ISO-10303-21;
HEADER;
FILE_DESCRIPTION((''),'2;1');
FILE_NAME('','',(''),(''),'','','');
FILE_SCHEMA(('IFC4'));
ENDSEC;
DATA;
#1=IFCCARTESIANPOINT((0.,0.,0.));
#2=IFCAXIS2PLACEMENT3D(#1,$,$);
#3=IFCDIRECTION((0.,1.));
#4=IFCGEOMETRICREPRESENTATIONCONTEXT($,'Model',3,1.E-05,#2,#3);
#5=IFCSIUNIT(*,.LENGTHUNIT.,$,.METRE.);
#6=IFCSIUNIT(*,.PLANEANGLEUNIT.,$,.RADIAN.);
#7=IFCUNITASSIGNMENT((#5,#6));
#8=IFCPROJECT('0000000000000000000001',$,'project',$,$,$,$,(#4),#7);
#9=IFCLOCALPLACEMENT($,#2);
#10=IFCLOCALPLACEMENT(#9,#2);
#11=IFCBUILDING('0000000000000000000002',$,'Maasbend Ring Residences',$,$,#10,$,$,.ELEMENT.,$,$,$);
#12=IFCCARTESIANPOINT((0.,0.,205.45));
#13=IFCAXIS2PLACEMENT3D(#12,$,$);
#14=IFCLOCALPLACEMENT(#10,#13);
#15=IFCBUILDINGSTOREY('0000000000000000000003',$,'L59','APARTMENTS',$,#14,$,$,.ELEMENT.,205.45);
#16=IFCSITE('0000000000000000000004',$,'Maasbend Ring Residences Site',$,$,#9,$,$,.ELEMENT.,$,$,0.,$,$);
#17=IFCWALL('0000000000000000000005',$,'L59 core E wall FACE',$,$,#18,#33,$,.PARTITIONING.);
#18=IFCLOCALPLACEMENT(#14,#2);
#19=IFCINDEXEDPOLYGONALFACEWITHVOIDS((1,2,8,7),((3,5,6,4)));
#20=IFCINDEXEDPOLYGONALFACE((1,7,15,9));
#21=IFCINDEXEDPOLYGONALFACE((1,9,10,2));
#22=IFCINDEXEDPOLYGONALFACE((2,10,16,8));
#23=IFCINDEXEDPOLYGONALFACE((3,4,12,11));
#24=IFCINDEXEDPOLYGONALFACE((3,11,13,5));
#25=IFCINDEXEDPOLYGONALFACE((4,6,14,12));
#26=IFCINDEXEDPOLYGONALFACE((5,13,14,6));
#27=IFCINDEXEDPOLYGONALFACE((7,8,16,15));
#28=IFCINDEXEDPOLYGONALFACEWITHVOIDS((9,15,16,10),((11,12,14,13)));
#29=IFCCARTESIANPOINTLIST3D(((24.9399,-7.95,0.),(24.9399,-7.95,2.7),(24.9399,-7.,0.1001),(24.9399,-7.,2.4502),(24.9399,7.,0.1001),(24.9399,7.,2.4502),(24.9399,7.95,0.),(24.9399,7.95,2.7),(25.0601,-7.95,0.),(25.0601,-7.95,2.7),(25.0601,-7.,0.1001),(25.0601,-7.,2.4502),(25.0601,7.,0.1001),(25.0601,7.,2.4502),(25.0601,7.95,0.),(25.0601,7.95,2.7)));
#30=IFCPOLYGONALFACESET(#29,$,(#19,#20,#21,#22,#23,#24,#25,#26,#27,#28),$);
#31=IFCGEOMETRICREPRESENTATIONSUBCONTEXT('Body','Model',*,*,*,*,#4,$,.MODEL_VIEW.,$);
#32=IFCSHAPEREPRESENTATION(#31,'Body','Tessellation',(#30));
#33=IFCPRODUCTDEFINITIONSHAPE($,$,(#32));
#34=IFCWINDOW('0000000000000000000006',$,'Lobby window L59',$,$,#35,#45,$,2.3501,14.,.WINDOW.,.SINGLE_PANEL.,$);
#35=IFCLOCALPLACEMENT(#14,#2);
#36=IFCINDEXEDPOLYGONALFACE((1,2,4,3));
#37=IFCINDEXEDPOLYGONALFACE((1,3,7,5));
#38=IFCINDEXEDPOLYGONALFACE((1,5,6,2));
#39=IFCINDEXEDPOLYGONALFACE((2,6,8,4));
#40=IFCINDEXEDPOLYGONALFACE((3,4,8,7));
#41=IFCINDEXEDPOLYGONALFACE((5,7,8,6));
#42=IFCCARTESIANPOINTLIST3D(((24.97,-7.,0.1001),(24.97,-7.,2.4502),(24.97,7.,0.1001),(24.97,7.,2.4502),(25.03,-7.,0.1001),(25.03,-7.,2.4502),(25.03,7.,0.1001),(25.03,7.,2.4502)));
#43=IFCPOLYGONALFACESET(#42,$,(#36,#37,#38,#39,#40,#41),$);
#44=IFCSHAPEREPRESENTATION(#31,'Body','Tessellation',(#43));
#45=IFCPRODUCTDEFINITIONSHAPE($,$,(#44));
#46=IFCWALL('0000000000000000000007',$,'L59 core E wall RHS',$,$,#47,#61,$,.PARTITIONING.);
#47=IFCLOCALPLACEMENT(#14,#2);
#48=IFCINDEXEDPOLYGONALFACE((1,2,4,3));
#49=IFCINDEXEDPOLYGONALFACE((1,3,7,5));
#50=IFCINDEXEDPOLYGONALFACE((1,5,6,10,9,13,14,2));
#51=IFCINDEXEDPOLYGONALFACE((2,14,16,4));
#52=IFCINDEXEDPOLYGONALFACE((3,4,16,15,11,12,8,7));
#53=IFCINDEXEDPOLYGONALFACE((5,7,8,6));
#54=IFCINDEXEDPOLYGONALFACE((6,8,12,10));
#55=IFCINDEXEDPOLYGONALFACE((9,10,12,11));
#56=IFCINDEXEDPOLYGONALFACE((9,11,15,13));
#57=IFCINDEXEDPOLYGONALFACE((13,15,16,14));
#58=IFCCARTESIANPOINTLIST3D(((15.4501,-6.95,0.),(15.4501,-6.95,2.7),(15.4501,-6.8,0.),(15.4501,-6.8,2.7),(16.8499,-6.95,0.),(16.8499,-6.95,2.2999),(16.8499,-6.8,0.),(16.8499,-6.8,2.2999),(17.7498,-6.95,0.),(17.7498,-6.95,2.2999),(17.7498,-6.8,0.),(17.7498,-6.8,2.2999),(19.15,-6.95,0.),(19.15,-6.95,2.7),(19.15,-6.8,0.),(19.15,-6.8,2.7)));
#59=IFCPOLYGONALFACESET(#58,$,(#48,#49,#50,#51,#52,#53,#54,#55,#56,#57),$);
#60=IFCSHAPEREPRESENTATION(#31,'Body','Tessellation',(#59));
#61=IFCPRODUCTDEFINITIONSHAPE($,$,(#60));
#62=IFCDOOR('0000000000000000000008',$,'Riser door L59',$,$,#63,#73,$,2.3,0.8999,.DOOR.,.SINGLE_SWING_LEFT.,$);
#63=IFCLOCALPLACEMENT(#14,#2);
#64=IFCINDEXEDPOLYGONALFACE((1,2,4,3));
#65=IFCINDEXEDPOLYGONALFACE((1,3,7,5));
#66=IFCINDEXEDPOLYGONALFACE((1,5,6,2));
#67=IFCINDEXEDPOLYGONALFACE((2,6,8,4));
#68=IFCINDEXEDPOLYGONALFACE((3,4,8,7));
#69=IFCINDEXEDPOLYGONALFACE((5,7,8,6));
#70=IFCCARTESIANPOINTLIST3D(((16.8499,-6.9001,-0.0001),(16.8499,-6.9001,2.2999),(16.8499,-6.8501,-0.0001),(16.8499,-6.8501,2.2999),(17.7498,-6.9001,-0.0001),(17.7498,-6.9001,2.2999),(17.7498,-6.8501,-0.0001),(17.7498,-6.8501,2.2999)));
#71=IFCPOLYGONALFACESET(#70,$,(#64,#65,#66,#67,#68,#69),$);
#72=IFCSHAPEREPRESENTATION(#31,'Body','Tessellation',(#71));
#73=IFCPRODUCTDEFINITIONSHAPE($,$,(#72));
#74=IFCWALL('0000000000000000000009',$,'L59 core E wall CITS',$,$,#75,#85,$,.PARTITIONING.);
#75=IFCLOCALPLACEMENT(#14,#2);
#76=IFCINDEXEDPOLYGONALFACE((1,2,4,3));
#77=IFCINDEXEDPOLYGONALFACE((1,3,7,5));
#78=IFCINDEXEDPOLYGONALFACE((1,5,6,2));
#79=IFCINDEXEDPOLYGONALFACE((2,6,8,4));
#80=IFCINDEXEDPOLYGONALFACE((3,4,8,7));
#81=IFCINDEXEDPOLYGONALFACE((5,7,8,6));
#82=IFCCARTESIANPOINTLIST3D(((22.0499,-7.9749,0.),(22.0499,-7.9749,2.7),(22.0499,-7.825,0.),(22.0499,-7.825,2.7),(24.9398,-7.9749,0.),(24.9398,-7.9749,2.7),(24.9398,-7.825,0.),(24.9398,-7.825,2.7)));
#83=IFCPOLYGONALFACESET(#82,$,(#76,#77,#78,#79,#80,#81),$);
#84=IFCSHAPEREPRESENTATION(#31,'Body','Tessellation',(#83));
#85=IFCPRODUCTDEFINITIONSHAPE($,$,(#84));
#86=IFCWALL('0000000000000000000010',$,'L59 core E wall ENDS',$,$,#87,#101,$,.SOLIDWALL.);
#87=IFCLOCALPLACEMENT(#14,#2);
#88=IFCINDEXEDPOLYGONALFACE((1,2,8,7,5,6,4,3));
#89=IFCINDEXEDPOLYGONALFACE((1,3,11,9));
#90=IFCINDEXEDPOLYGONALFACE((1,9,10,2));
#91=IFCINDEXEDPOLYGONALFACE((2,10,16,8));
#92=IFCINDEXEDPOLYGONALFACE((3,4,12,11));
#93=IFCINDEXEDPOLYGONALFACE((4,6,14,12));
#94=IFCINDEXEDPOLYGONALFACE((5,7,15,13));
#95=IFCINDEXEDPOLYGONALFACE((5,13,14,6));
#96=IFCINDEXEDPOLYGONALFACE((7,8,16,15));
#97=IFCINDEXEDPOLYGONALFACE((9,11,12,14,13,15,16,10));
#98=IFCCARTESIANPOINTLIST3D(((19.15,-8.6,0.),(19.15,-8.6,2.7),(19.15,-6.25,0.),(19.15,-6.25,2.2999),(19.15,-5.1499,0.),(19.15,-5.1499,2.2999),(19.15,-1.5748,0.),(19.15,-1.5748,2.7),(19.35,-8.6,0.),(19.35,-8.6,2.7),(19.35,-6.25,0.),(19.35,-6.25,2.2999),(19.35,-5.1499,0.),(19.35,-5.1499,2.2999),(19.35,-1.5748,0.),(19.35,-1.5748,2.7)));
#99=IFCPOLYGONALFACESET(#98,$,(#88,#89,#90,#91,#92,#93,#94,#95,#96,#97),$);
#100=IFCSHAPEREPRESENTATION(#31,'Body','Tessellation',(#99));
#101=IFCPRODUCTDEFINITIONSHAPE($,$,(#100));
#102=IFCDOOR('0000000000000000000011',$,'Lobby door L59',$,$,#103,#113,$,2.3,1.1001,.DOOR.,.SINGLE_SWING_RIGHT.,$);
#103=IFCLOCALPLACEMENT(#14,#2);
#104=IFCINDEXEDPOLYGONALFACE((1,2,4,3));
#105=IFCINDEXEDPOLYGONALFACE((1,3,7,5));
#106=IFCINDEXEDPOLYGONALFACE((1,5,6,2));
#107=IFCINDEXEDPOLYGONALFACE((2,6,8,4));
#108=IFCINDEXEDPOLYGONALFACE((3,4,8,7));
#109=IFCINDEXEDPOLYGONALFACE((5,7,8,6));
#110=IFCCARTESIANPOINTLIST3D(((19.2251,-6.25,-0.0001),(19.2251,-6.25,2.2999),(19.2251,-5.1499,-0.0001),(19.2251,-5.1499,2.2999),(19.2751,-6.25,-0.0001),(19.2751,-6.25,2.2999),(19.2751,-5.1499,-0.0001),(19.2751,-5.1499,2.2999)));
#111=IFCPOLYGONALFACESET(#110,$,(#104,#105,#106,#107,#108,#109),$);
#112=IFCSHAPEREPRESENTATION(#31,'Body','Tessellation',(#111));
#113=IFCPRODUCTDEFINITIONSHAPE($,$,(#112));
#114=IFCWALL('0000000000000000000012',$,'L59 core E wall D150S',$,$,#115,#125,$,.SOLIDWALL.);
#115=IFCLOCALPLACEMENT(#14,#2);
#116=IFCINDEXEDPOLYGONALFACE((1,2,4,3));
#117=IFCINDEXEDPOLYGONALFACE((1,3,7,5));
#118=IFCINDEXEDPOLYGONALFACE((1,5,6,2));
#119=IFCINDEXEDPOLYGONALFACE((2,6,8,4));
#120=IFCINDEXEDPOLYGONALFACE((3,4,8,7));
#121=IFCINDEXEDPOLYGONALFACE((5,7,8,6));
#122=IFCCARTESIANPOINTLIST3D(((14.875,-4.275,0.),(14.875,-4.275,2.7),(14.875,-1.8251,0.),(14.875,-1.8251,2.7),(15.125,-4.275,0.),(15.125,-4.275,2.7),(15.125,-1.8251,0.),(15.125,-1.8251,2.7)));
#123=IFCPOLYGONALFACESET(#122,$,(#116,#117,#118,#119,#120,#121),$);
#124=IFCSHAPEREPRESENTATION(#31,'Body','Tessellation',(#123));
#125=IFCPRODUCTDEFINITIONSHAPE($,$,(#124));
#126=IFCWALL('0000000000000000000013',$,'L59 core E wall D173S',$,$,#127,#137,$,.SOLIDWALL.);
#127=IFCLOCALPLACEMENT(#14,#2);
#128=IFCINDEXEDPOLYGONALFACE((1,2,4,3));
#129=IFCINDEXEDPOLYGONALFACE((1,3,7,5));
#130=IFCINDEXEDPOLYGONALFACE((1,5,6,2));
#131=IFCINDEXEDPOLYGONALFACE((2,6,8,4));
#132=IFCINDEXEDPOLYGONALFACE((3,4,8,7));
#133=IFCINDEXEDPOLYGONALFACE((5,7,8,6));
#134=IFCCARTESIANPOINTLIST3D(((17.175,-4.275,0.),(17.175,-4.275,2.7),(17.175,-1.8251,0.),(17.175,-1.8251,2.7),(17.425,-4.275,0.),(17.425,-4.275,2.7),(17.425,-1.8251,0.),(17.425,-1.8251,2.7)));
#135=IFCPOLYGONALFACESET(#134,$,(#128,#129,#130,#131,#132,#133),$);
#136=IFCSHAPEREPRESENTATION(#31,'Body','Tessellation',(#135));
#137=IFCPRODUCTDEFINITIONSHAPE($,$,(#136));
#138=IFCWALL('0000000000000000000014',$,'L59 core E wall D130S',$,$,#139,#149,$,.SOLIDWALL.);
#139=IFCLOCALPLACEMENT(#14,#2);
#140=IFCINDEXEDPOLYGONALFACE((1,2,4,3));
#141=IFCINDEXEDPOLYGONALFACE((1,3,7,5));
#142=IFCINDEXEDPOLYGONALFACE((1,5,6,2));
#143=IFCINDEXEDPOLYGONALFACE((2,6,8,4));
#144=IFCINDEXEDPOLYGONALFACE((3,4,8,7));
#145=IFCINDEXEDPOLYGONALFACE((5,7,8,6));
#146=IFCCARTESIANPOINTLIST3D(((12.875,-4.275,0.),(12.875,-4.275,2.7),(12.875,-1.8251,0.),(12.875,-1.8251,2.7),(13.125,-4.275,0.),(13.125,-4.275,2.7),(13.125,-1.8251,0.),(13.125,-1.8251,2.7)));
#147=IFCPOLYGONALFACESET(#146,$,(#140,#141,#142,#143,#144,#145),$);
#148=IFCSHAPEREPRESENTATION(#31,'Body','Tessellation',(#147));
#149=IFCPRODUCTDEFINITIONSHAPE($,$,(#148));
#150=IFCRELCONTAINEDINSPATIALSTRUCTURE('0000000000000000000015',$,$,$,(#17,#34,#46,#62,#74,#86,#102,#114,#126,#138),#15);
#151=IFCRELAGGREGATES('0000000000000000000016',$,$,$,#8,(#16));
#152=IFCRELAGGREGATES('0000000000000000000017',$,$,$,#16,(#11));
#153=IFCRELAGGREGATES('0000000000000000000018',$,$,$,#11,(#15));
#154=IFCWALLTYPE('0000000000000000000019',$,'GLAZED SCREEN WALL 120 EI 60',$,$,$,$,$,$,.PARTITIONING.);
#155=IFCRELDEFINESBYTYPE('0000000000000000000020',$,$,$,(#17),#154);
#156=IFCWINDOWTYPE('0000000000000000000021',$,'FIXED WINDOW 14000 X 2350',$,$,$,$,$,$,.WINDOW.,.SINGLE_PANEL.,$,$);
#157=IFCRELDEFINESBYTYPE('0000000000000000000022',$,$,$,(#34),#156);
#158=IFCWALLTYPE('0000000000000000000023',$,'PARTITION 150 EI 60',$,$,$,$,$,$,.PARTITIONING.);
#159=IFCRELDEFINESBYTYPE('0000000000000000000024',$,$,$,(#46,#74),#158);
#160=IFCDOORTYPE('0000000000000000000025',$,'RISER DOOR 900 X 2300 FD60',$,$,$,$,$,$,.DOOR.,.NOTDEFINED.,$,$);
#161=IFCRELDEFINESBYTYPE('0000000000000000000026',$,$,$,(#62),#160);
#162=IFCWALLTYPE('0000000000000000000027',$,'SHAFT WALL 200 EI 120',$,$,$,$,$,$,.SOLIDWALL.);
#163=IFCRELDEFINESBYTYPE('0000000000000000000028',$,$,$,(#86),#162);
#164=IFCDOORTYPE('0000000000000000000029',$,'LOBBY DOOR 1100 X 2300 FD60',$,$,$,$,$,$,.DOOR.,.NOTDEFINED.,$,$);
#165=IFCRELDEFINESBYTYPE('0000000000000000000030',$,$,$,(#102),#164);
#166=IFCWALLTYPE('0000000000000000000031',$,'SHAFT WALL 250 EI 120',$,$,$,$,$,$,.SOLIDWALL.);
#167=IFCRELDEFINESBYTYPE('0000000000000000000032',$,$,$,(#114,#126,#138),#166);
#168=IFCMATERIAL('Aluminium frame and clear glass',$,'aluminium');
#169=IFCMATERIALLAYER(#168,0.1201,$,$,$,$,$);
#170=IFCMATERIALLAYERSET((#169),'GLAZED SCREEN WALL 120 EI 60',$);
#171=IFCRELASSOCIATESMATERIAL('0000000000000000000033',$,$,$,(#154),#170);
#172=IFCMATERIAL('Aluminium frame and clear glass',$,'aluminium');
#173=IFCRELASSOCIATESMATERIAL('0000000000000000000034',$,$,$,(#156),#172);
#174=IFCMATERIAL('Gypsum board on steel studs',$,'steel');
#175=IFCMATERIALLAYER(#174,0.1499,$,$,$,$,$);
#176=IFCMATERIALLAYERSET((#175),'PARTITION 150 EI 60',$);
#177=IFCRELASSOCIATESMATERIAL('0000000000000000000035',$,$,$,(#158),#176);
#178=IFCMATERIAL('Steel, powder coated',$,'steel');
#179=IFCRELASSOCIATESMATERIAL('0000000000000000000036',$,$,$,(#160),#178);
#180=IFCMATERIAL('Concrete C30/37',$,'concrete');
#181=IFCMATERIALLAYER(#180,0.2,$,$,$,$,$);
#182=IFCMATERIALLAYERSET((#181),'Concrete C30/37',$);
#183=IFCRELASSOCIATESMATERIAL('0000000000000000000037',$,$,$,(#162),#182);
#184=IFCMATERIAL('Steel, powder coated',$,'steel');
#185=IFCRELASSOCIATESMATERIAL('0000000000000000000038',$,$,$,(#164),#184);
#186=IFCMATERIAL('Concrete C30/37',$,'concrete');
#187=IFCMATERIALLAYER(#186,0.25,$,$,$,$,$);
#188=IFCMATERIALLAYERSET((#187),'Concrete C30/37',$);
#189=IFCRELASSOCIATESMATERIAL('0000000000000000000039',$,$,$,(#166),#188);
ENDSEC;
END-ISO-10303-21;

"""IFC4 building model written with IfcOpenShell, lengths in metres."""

from ifc_helpers import new_model, si_unit, direction, frame, frame_2d, origin, place, context, subcontext, project, spatial, rectangle, extrude, material, layer, layer_set, type_object, element, fill, save


model = new_model("IFC4")

# Units and contexts
model_context = context("Model", 3, precision=1e-05, world=origin(), true_north=direction((0.0, 1.0)))
body_context = subcontext(model_context, "Body", "Model", "MODEL_VIEW")
ifc_project = project(units=[si_unit("LENGTHUNIT", "METRE"), si_unit("PLANEANGLEUNIT", "RADIAN")], contexts=[model_context])

# Site, building, storey
site_placement = place(None, origin())
site = spatial("IfcSite", under=ifc_project, at=site_placement, Name="Maasbend Ring Residences Site", CompositionType="ELEMENT", RefElevation=0.0)
building_placement = place(site_placement, origin())
building = spatial("IfcBuilding", under=site, at=building_placement, Name="Maasbend Ring Residences", CompositionType="ELEMENT")
storey_placement = place(building_placement, frame((0.0, 0.0, 205.45)))
storey = spatial("IfcBuildingStorey", under=building, at=storey_placement, Name="L59", Description="APARTMENTS", CompositionType="ELEMENT", Elevation=205.45)

# Wall, opening, window
ifc_material_1 = material(Name="Aluminium frame and clear glass", Category="aluminium")
ifc_layer_1 = layer(ifc_material_1, 0.1201)
ifc_layer_set_1 = layer_set([ifc_layer_1], Name="GLAZED SCREEN WALL 120 EI 60")
wall_type_1 = type_object("IfcWallType", Name="GLAZED SCREEN WALL 120 EI 60", PredefinedType="PARTITIONING", material=ifc_layer_set_1)
wall_1_placement = place(storey_placement, frame((25.0, -7.95, 0.0), z_axis=(0.0, 0.0, 1.0), x_axis=(0.0, 1.0, 0.0)))
wall_1 = element("IfcWall", 1, at=wall_1_placement, inside=storey, type_object=wall_type_1, Name="L59 core E wall FACE", PredefinedType="PARTITIONING", context=body_context, shape_type="SweptSolid", body=[
    extrude(rectangle(XDim=15.8999, YDim=0.1201, at=frame_2d((7.95, 0.0))), origin(), (0.0, 0.0, 1.0), 2.7),
])
opening_1_placement = place(wall_1_placement, frame((0.95, 0.0, 0.1001)))
opening_1 = element("IfcOpeningElement", 2, at=opening_1_placement, cuts=wall_1, PredefinedType="OPENING", context=body_context, shape_type="SweptSolid", body=[
    extrude(rectangle(XDim=14.0, YDim=2.3501, at=frame_2d((7.0, 1.175))), frame((0.0, 0.0701, 0.0), z_axis=(0.0, -1.0, 0.0), x_axis=(1.0, 0.0, 0.0)), (0.0, 0.0, 1.0), 0.1401),
])
ifc_material_2 = material(Name="Aluminium frame and clear glass", Category="aluminium")
window_type = type_object("IfcWindowType", Name="FIXED WINDOW 14000 X 2350", PartitioningType="SINGLE_PANEL", PredefinedType="WINDOW", material=ifc_material_2)
window_placement = place(opening_1_placement, origin())
window = element("IfcWindow", 3, at=window_placement, inside=storey, type_object=window_type, Name="Lobby window L59", OverallHeight=2.3501, OverallWidth=14.0, PartitioningType="SINGLE_PANEL", PredefinedType="WINDOW", context=body_context, shape_type="SweptSolid", body=[
    extrude(rectangle(XDim=14.0, YDim=2.3501, at=frame_2d((7.0, 1.175))), frame((0.0, 0.03, 0.0), z_axis=(0.0, -1.0, 0.0), x_axis=(1.0, 0.0, 0.0)), (0.0, 0.0, 1.0), 0.0601),
])
fill(opening_1, window)

# Wall, opening, door
ifc_material_3 = material(Name="Gypsum board on steel studs", Category="steel")
ifc_layer_2 = layer(ifc_material_3, 0.1499)
ifc_layer_set_2 = layer_set([ifc_layer_2], Name="PARTITION 150 EI 60")
wall_type_2 = type_object("IfcWallType", Name="PARTITION 150 EI 60", PredefinedType="PARTITIONING", material=ifc_layer_set_2)
wall_2_placement = place(storey_placement, frame((15.45, -6.875, 0.0), z_axis=(0.0, 0.0, 1.0), x_axis=(1.0, 0.0, 0.0)))
wall_2 = element("IfcWall", 4, at=wall_2_placement, inside=storey, type_object=wall_type_2, Name="L59 core E wall RHS", PredefinedType="PARTITIONING", context=body_context, shape_type="SweptSolid", body=[
    extrude(rectangle(XDim=3.7, YDim=0.1499, at=frame_2d((1.8501, 0.0))), origin(), (0.0, 0.0, 1.0), 2.7),
])
opening_2_placement = place(wall_2_placement, frame((1.3999, 0.0, 0.0)))
opening_2 = element("IfcOpeningElement", 5, at=opening_2_placement, cuts=wall_2, PredefinedType="OPENING", context=body_context, shape_type="SweptSolid", body=[
    extrude(rectangle(XDim=0.8999, YDim=2.3, at=frame_2d((0.45, 1.1499))), frame((0.0, 0.085, 0.0), z_axis=(0.0, -1.0, 0.0), x_axis=(1.0, 0.0, 0.0)), (0.0, 0.0, 1.0), 0.1699),
])
ifc_material_4 = material(Name="Steel, powder coated", Category="steel")
door_type_1 = type_object("IfcDoorType", Name="RISER DOOR 900 X 2300 FD60", OperationType="NOTDEFINED", PredefinedType="DOOR", material=ifc_material_4)
door_1_placement = place(opening_2_placement, origin())
door_1 = element("IfcDoor", 6, at=door_1_placement, inside=storey, type_object=door_type_1, Name="Riser door L59", OperationType="SINGLE_SWING_LEFT", OverallHeight=2.3, OverallWidth=0.8999, PredefinedType="DOOR", context=body_context, shape_type="SweptSolid", body=[
    extrude(rectangle(XDim=0.8999, YDim=2.3, at=frame_2d((0.45, 1.1499))), frame((0.0, 0.0249, 0.0), z_axis=(0.0, -1.0, 0.0), x_axis=(1.0, 0.0, 0.0)), (0.0, 0.0, 1.0), 0.05),
])
fill(opening_2, door_1)

# Wall
wall_3_placement = place(storey_placement, frame((22.05, -7.8999, 0.0), z_axis=(0.0, 0.0, 1.0), x_axis=(1.0, 0.0, 0.0)))
element("IfcWall", 7, at=wall_3_placement, inside=storey, type_object=wall_type_2, Name="L59 core E wall CITS", PredefinedType="PARTITIONING", context=body_context, shape_type="SweptSolid", body=[
    extrude(rectangle(XDim=2.8899, YDim=0.1499, at=frame_2d((1.4448, 0.0))), origin(), (0.0, 0.0, 1.0), 2.7),
])

# Wall, opening, door
ifc_material_5 = material(Name="Concrete C30/37", Category="concrete")
ifc_layer_3 = layer(ifc_material_5, 0.2)
ifc_layer_set_3 = layer_set([ifc_layer_3], Name="Concrete C30/37")
wall_type_3 = type_object("IfcWallType", Name="SHAFT WALL 200 EI 120", PredefinedType="SOLIDWALL", material=ifc_layer_set_3)
wall_4_placement = place(storey_placement, frame((19.25, -8.6001, 0.0), z_axis=(0.0, 0.0, 1.0), x_axis=(0.0, 1.0, 0.0)))
wall_4 = element("IfcWall", 8, at=wall_4_placement, inside=storey, type_object=wall_type_3, Name="L59 core E wall ENDS", PredefinedType="SOLIDWALL", context=body_context, shape_type="SweptSolid", body=[
    extrude(rectangle(XDim=7.0251, YDim=0.2, at=frame_2d((3.5127, 0.0))), origin(), (0.0, 0.0, 1.0), 2.7),
])
opening_3_placement = place(wall_4_placement, frame((2.3501, 0.0, 0.0)))
opening_3 = element("IfcOpeningElement", 9, at=opening_3_placement, cuts=wall_4, PredefinedType="OPENING", context=body_context, shape_type="SweptSolid", body=[
    extrude(rectangle(XDim=1.1001, YDim=2.3, at=frame_2d((0.55, 1.1499))), frame((0.0, 0.1099, 0.0), z_axis=(0.0, -1.0, 0.0), x_axis=(1.0, 0.0, 0.0)), (0.0, 0.0, 1.0), 0.22),
])
ifc_material_6 = material(Name="Steel, powder coated", Category="steel")
door_type_2 = type_object("IfcDoorType", Name="LOBBY DOOR 1100 X 2300 FD60", OperationType="NOTDEFINED", PredefinedType="DOOR", material=ifc_material_6)
door_2_placement = place(opening_3_placement, origin())
door_2 = element("IfcDoor", 10, at=door_2_placement, inside=storey, type_object=door_type_2, Name="Lobby door L59", OperationType="SINGLE_SWING_RIGHT", OverallHeight=2.3, OverallWidth=1.1001, PredefinedType="DOOR", context=body_context, shape_type="SweptSolid", body=[
    extrude(rectangle(XDim=1.1001, YDim=2.3, at=frame_2d((0.55, 1.1499))), frame((0.0, 0.0249, 0.0), z_axis=(0.0, -1.0, 0.0), x_axis=(1.0, 0.0, 0.0)), (0.0, 0.0, 1.0), 0.05),
])
fill(opening_3, door_2)

# Walls
ifc_material_7 = material(Name="Concrete C30/37", Category="concrete")
ifc_layer_4 = layer(ifc_material_7, 0.25)
ifc_layer_set_4 = layer_set([ifc_layer_4], Name="Concrete C30/37")
wall_type_4 = type_object("IfcWallType", Name="SHAFT WALL 250 EI 120", PredefinedType="SOLIDWALL", material=ifc_layer_set_4)
for number, where, z_axis, x_axis, name in (
    (11, (15.0, -1.825, 0.0), (0.0, 0.0, 1.0), (0.0, -1.0, 0.0), "L59 core E wall D150S"),
    (12, (17.3, -1.825, 0.0), (0.0, 0.0, 1.0), (0.0, -1.0, 0.0), "L59 core E wall D173S"),
    (13, (13.0, -1.825, 0.0), (0.0, 0.0, 1.0), (0.0, -1.0, 0.0), "L59 core E wall D130S"),
):
    element("IfcWall", number, at=place(storey_placement, frame(where, z_axis=z_axis, x_axis=x_axis)), inside=storey, type_object=wall_type_4, Name=name, PredefinedType="SOLIDWALL", context=body_context, shape_type="SweptSolid", body=[
        extrude(rectangle(XDim=2.45, YDim=0.25, at=frame_2d((1.2251, 0.0))), origin(), (0.0, 0.0, 1.0), 2.7),
    ])

save(model, "model.ifc")
